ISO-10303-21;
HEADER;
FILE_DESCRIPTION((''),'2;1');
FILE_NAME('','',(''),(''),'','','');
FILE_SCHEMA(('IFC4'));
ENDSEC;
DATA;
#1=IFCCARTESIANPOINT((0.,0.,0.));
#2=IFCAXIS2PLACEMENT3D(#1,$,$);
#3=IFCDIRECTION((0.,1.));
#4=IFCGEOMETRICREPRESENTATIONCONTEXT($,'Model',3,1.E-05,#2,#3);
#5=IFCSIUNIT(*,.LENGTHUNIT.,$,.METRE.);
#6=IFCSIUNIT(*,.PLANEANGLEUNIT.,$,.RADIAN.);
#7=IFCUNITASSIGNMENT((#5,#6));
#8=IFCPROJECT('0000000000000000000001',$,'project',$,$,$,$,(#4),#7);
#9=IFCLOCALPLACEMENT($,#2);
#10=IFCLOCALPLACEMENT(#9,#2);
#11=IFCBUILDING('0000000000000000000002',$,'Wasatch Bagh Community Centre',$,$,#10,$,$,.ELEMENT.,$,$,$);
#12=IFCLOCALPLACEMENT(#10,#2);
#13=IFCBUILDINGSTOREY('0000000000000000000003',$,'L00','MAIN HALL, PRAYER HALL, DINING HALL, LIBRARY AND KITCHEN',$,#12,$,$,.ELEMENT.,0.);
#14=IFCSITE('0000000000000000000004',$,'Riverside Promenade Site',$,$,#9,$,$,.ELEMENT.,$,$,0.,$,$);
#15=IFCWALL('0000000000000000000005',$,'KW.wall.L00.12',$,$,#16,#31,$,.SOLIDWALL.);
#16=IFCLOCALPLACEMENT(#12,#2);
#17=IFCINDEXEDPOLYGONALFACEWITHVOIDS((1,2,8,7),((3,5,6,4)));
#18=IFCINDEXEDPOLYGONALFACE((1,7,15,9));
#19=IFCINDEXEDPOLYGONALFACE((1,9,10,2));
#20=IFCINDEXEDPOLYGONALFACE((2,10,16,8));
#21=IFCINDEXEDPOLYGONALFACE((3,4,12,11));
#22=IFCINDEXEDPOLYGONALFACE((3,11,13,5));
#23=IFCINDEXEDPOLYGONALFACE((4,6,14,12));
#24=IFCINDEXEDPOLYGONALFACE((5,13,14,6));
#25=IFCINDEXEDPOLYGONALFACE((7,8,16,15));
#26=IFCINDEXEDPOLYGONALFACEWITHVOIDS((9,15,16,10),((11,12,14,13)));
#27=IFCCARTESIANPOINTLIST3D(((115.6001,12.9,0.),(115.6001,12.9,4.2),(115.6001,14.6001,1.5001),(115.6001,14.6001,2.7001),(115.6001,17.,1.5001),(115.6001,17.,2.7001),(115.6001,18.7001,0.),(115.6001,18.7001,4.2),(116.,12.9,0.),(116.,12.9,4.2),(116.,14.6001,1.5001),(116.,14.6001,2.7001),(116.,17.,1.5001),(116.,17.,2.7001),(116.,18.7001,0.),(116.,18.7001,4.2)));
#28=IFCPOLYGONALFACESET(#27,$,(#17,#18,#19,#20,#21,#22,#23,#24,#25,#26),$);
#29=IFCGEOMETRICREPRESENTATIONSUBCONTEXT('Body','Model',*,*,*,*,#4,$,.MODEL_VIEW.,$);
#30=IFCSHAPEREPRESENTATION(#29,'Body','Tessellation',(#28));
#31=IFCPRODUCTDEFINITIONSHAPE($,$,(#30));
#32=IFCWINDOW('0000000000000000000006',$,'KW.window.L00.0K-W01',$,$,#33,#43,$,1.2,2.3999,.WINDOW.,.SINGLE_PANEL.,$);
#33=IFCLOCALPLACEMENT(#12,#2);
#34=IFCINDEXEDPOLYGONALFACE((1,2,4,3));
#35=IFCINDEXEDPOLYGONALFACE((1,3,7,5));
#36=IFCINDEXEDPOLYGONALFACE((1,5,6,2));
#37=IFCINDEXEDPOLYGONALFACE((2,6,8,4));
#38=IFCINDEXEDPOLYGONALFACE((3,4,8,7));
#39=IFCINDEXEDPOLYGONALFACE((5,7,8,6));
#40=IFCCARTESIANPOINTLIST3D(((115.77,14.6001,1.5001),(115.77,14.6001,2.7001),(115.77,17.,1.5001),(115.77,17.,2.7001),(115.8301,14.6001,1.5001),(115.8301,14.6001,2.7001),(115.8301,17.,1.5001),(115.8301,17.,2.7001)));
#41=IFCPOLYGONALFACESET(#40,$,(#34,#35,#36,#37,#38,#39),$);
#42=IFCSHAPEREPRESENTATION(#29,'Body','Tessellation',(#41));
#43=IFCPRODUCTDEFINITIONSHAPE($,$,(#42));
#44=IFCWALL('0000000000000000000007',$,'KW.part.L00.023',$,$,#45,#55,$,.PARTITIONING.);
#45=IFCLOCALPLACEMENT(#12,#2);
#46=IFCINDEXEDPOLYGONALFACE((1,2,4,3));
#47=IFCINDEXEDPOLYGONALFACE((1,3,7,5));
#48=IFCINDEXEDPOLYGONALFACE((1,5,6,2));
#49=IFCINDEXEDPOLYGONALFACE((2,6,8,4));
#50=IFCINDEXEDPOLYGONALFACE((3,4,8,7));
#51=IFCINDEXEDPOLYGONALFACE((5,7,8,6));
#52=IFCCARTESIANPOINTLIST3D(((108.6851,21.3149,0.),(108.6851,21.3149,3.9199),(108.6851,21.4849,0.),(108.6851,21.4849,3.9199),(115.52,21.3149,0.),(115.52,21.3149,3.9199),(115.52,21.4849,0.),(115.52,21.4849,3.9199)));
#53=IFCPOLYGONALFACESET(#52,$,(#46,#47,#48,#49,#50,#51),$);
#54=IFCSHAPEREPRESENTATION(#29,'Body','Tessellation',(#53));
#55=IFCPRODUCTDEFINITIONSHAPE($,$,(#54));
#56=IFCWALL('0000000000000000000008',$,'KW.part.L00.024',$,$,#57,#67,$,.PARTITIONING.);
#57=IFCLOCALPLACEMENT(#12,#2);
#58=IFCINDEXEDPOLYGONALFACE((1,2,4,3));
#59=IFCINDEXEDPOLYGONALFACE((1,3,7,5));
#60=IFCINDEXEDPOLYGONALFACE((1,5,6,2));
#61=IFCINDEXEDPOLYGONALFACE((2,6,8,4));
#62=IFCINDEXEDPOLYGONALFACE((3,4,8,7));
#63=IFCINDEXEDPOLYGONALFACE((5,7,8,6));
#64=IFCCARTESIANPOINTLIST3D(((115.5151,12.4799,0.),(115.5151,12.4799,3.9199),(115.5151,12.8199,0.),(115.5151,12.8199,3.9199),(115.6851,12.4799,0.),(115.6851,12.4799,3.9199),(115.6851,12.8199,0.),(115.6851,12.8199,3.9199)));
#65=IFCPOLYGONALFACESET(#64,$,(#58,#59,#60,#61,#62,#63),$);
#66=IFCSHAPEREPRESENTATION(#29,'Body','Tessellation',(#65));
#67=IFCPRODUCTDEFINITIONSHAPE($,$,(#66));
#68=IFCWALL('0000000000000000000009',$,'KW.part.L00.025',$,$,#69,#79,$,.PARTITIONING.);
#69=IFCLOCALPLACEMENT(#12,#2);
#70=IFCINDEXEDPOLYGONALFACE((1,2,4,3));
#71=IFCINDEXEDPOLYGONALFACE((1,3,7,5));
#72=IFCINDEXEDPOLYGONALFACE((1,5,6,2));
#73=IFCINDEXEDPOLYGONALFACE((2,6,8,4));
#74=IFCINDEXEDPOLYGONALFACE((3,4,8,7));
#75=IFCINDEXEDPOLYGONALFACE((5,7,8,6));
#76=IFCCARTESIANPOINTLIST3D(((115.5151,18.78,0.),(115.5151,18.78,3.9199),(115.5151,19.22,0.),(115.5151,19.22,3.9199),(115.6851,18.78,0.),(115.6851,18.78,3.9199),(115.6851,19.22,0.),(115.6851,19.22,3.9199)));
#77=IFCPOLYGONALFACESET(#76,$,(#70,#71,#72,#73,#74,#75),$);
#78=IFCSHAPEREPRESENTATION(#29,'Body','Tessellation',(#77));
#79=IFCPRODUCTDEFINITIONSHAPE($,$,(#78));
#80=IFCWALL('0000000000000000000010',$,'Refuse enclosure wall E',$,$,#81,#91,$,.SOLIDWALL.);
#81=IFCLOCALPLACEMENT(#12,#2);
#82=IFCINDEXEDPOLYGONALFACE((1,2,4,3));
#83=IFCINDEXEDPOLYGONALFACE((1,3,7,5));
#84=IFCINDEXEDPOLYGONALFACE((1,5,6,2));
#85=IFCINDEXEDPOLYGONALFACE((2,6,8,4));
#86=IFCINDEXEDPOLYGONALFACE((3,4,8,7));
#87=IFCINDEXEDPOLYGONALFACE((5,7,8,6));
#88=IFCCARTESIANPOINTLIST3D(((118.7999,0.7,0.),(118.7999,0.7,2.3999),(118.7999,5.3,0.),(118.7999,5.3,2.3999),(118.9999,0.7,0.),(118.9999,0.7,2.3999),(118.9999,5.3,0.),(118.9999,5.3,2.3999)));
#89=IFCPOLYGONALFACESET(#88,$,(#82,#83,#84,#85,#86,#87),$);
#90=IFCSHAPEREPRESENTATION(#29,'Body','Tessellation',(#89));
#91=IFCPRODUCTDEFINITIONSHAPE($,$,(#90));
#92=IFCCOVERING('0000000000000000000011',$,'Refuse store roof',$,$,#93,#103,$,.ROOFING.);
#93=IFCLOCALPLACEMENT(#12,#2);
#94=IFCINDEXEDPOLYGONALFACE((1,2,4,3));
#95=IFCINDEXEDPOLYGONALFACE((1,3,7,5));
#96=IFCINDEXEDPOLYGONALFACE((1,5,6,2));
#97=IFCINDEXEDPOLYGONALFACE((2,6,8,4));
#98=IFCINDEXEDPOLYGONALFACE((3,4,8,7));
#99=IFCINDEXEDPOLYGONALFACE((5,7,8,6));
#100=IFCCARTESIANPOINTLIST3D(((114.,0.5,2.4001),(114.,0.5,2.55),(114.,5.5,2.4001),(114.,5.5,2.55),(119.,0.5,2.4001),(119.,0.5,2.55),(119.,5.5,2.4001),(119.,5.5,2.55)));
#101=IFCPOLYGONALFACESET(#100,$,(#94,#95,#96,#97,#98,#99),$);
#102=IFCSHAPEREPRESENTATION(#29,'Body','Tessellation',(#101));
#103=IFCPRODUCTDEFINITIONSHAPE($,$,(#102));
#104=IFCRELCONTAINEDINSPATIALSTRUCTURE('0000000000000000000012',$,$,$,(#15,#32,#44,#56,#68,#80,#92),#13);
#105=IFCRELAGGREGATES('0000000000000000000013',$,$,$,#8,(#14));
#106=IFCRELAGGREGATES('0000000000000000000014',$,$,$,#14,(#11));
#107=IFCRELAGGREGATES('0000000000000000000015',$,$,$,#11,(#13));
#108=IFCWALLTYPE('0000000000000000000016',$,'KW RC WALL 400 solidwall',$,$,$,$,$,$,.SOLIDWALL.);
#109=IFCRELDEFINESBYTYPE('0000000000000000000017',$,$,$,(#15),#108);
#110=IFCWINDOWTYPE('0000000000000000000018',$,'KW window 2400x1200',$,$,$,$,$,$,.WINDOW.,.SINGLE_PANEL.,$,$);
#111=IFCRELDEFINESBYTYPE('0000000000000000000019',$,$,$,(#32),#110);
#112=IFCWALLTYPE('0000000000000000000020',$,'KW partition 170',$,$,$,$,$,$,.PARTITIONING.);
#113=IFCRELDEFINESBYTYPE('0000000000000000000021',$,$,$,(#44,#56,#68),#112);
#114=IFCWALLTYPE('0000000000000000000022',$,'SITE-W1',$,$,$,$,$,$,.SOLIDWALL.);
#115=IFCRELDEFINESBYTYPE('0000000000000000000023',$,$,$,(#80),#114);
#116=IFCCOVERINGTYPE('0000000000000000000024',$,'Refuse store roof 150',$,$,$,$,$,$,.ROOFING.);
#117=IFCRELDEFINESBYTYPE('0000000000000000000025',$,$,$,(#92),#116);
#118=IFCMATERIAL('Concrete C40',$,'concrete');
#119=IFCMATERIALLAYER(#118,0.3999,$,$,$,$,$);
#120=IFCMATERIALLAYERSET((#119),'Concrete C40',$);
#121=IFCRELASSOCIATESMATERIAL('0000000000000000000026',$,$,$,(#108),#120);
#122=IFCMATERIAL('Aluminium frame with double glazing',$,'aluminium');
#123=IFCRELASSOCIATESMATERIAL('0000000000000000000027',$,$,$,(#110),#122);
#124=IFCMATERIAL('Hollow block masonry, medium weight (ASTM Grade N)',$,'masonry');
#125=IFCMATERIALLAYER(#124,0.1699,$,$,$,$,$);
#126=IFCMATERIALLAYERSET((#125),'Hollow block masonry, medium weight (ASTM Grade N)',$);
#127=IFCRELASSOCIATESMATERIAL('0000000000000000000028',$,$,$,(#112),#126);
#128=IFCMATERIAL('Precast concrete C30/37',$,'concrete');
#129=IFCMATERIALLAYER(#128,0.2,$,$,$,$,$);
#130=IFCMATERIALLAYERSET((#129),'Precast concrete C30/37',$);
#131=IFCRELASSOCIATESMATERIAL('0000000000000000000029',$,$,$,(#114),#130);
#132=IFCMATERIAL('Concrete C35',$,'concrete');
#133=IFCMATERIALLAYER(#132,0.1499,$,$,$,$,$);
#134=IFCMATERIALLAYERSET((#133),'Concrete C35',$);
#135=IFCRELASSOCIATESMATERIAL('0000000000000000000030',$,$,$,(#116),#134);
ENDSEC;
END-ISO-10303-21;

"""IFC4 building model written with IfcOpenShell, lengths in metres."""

from ifc_helpers import new_model, si_unit, direction, frame, frame_2d, origin, origin_2d, place, context, subcontext, project, spatial, rectangle, extrude, material, layer, layer_set, type_object, element, fill, save


model = new_model("IFC4")

# Units and contexts
model_context = context("Model", 3, precision=1e-05, world=origin(), true_north=direction((0.0, 1.0)))
body_context = subcontext(model_context, "Body", "Model", "MODEL_VIEW")
ifc_project = project(units=[si_unit("LENGTHUNIT", "METRE"), si_unit("PLANEANGLEUNIT", "RADIAN")], contexts=[model_context])

# Site, building, storey
site_placement = place(None, origin())
site = spatial("IfcSite", under=ifc_project, at=site_placement, Name="Riverside Promenade Site", CompositionType="ELEMENT", RefElevation=0.0)
building_placement = place(site_placement, origin())
building = spatial("IfcBuilding", under=site, at=building_placement, Name="Wasatch Bagh Community Centre", CompositionType="ELEMENT")
storey_placement = place(building_placement, origin())
storey = spatial("IfcBuildingStorey", under=building, at=storey_placement, Name="L00", Description="MAIN HALL, PRAYER HALL, DINING HALL, LIBRARY AND KITCHEN", CompositionType="ELEMENT", Elevation=0.0)

# Shared definitions
ifc_material_1 = material(Name="Concrete C35", Category="concrete")

# Shared definitions
ifc_material_2 = material(Name="Concrete C40", Category="concrete")

# Shared definitions
ifc_layer_1 = layer(ifc_material_2, 0.3999)
ifc_layer_set_1 = layer_set([ifc_layer_1], Name="Concrete C40")
wall_type_1 = type_object("IfcWallType", Name="KW RC WALL 400 solidwall", PredefinedType="SOLIDWALL", material=ifc_layer_set_1)

# Wall, opening, window
wall_1_placement = place(storey_placement, frame((115.8, 18.7, 0.0), z_axis=(0.0, 0.0, 1.0), x_axis=(0.0, -1.0, 0.0)))
wall_1 = element("IfcWall", 1, at=wall_1_placement, inside=storey, type_object=wall_type_1, Name="KW.wall.L00.12", PredefinedType="SOLIDWALL", context=body_context, shape_type="SweptSolid", body=[
    extrude(rectangle(XDim=5.8, YDim=0.3999, at=frame_2d((2.8999, 0.0))), origin(), (0.0, 0.0, 1.0), 4.2),
])
opening_1_placement = place(wall_1_placement, frame((1.7, 0.0, 1.5)))
opening_1 = element("IfcOpeningElement", 2, at=opening_1_placement, cuts=wall_1, PredefinedType="OPENING", context=body_context, shape_type="SweptSolid", body=[
    extrude(rectangle(XDim=2.3999, YDim=1.2, at=frame_2d((1.2, 0.6001))), frame((0.0, 0.21, 0.0), z_axis=(0.0, -1.0, 0.0), x_axis=(1.0, 0.0, 0.0)), (0.0, 0.0, 1.0), 0.4199),
])
ifc_material_3 = material(Name="Aluminium frame with double glazing", Category="aluminium")
window_type = type_object("IfcWindowType", Name="KW window 2400x1200", PartitioningType="SINGLE_PANEL", PredefinedType="WINDOW", material=ifc_material_3)
window_placement = place(opening_1_placement, origin())
window = element("IfcWindow", 3, at=window_placement, inside=storey, type_object=window_type, Name="KW.window.L00.0K-W01", OverallHeight=1.2, OverallWidth=2.3999, PartitioningType="SINGLE_PANEL", PredefinedType="WINDOW", context=body_context, shape_type="SweptSolid", body=[
    extrude(rectangle(XDim=2.3999, YDim=1.2, at=frame_2d((1.2, 0.6001))), frame((0.0, 0.03, 0.0), z_axis=(0.0, -1.0, 0.0), x_axis=(1.0, 0.0, 0.0)), (0.0, 0.0, 1.0), 0.0601),
])
fill(opening_1, window)

# Walls
ifc_material_4 = material(Name="Hollow block masonry, medium weight (ASTM Grade N)", Category="masonry")
ifc_layer_2 = layer(ifc_material_4, 0.1699)
ifc_layer_set_2 = layer_set([ifc_layer_2], Name="Hollow block masonry, medium weight (ASTM Grade N)")
wall_type_2 = type_object("IfcWallType", Name="KW partition 170", PredefinedType="PARTITIONING", material=ifc_layer_set_2)
wall_2_placement = place(storey_placement, frame((115.52, 21.3999, 0.0), z_axis=(0.0, 0.0, 1.0), x_axis=(-1.0, 0.0, 0.0)))
element("IfcWall", 4, at=wall_2_placement, inside=storey, type_object=wall_type_2, Name="KW.part.L00.023", PredefinedType="PARTITIONING", context=body_context, shape_type="SweptSolid", body=[
    extrude(rectangle(XDim=6.835, YDim=0.1699, at=frame_2d((3.4175, 0.0))), origin(), (0.0, 0.0, 1.0), 3.9199),
])
wall_3_placement = place(storey_placement, frame((115.6001, 12.48, 0.0), z_axis=(0.0, 0.0, 1.0), x_axis=(0.0, 1.0, 0.0)))
element("IfcWall", 5, at=wall_3_placement, inside=storey, type_object=wall_type_2, Name="KW.part.L00.024", PredefinedType="PARTITIONING", context=body_context, shape_type="SweptSolid", body=[
    extrude(rectangle(XDim=0.3401, YDim=0.1699, at=frame_2d((0.1699, 0.0))), origin(), (0.0, 0.0, 1.0), 3.9199),
])
wall_4_placement = place(storey_placement, frame((115.6001, 18.78, 0.0), z_axis=(0.0, 0.0, 1.0), x_axis=(0.0, 1.0, 0.0)))
element("IfcWall", 6, at=wall_4_placement, inside=storey, type_object=wall_type_2, Name="KW.part.L00.025", PredefinedType="PARTITIONING", context=body_context, shape_type="SweptSolid", body=[
    extrude(rectangle(XDim=0.4399, YDim=0.1699, at=frame_2d((0.22, 0.0))), origin(), (0.0, 0.0, 1.0), 3.9199),
])
ifc_material_5 = material(Name="Precast concrete C30/37", Category="concrete")
ifc_layer_3 = layer(ifc_material_5, 0.2)
ifc_layer_set_3 = layer_set([ifc_layer_3], Name="Precast concrete C30/37")
wall_type_3 = type_object("IfcWallType", Name="SITE-W1", PredefinedType="SOLIDWALL", material=ifc_layer_set_3)
wall_5_placement = place(storey_placement, frame((118.8999, 0.7, 0.0), z_axis=(0.0, 0.0, 1.0), x_axis=(0.0, 1.0, 0.0)))
element("IfcWall", 7, at=wall_5_placement, inside=storey, type_object=wall_type_3, Name="Refuse enclosure wall E", PredefinedType="SOLIDWALL", context=body_context, shape_type="SweptSolid", body=[
    extrude(rectangle(XDim=4.6001, YDim=0.2, at=frame_2d((2.3, 0.0))), origin(), (0.0, 0.0, 1.0), 2.3999),
])

# Covering
ifc_layer_4 = layer(ifc_material_1, 0.1499)
ifc_layer_set_4 = layer_set([ifc_layer_4], Name="Concrete C35")
covering_type = type_object("IfcCoveringType", Name="Refuse store roof 150", PredefinedType="ROOFING", material=ifc_layer_set_4)
covering_placement = place(storey_placement, frame((116.5, 3.0, 2.4001), z_axis=(0.0, 0.0, 1.0), x_axis=(1.0, 0.0, 0.0)))
element("IfcCovering", 8, at=covering_placement, inside=storey, type_object=covering_type, Name="Refuse store roof", PredefinedType="ROOFING", context=body_context, shape_type="SweptSolid", body=[
    extrude(rectangle(XDim=5.0, YDim=5.0, at=origin_2d()), origin(), (0.0, 0.0, 1.0), 0.1499),
])

save(model, "model.ifc")
